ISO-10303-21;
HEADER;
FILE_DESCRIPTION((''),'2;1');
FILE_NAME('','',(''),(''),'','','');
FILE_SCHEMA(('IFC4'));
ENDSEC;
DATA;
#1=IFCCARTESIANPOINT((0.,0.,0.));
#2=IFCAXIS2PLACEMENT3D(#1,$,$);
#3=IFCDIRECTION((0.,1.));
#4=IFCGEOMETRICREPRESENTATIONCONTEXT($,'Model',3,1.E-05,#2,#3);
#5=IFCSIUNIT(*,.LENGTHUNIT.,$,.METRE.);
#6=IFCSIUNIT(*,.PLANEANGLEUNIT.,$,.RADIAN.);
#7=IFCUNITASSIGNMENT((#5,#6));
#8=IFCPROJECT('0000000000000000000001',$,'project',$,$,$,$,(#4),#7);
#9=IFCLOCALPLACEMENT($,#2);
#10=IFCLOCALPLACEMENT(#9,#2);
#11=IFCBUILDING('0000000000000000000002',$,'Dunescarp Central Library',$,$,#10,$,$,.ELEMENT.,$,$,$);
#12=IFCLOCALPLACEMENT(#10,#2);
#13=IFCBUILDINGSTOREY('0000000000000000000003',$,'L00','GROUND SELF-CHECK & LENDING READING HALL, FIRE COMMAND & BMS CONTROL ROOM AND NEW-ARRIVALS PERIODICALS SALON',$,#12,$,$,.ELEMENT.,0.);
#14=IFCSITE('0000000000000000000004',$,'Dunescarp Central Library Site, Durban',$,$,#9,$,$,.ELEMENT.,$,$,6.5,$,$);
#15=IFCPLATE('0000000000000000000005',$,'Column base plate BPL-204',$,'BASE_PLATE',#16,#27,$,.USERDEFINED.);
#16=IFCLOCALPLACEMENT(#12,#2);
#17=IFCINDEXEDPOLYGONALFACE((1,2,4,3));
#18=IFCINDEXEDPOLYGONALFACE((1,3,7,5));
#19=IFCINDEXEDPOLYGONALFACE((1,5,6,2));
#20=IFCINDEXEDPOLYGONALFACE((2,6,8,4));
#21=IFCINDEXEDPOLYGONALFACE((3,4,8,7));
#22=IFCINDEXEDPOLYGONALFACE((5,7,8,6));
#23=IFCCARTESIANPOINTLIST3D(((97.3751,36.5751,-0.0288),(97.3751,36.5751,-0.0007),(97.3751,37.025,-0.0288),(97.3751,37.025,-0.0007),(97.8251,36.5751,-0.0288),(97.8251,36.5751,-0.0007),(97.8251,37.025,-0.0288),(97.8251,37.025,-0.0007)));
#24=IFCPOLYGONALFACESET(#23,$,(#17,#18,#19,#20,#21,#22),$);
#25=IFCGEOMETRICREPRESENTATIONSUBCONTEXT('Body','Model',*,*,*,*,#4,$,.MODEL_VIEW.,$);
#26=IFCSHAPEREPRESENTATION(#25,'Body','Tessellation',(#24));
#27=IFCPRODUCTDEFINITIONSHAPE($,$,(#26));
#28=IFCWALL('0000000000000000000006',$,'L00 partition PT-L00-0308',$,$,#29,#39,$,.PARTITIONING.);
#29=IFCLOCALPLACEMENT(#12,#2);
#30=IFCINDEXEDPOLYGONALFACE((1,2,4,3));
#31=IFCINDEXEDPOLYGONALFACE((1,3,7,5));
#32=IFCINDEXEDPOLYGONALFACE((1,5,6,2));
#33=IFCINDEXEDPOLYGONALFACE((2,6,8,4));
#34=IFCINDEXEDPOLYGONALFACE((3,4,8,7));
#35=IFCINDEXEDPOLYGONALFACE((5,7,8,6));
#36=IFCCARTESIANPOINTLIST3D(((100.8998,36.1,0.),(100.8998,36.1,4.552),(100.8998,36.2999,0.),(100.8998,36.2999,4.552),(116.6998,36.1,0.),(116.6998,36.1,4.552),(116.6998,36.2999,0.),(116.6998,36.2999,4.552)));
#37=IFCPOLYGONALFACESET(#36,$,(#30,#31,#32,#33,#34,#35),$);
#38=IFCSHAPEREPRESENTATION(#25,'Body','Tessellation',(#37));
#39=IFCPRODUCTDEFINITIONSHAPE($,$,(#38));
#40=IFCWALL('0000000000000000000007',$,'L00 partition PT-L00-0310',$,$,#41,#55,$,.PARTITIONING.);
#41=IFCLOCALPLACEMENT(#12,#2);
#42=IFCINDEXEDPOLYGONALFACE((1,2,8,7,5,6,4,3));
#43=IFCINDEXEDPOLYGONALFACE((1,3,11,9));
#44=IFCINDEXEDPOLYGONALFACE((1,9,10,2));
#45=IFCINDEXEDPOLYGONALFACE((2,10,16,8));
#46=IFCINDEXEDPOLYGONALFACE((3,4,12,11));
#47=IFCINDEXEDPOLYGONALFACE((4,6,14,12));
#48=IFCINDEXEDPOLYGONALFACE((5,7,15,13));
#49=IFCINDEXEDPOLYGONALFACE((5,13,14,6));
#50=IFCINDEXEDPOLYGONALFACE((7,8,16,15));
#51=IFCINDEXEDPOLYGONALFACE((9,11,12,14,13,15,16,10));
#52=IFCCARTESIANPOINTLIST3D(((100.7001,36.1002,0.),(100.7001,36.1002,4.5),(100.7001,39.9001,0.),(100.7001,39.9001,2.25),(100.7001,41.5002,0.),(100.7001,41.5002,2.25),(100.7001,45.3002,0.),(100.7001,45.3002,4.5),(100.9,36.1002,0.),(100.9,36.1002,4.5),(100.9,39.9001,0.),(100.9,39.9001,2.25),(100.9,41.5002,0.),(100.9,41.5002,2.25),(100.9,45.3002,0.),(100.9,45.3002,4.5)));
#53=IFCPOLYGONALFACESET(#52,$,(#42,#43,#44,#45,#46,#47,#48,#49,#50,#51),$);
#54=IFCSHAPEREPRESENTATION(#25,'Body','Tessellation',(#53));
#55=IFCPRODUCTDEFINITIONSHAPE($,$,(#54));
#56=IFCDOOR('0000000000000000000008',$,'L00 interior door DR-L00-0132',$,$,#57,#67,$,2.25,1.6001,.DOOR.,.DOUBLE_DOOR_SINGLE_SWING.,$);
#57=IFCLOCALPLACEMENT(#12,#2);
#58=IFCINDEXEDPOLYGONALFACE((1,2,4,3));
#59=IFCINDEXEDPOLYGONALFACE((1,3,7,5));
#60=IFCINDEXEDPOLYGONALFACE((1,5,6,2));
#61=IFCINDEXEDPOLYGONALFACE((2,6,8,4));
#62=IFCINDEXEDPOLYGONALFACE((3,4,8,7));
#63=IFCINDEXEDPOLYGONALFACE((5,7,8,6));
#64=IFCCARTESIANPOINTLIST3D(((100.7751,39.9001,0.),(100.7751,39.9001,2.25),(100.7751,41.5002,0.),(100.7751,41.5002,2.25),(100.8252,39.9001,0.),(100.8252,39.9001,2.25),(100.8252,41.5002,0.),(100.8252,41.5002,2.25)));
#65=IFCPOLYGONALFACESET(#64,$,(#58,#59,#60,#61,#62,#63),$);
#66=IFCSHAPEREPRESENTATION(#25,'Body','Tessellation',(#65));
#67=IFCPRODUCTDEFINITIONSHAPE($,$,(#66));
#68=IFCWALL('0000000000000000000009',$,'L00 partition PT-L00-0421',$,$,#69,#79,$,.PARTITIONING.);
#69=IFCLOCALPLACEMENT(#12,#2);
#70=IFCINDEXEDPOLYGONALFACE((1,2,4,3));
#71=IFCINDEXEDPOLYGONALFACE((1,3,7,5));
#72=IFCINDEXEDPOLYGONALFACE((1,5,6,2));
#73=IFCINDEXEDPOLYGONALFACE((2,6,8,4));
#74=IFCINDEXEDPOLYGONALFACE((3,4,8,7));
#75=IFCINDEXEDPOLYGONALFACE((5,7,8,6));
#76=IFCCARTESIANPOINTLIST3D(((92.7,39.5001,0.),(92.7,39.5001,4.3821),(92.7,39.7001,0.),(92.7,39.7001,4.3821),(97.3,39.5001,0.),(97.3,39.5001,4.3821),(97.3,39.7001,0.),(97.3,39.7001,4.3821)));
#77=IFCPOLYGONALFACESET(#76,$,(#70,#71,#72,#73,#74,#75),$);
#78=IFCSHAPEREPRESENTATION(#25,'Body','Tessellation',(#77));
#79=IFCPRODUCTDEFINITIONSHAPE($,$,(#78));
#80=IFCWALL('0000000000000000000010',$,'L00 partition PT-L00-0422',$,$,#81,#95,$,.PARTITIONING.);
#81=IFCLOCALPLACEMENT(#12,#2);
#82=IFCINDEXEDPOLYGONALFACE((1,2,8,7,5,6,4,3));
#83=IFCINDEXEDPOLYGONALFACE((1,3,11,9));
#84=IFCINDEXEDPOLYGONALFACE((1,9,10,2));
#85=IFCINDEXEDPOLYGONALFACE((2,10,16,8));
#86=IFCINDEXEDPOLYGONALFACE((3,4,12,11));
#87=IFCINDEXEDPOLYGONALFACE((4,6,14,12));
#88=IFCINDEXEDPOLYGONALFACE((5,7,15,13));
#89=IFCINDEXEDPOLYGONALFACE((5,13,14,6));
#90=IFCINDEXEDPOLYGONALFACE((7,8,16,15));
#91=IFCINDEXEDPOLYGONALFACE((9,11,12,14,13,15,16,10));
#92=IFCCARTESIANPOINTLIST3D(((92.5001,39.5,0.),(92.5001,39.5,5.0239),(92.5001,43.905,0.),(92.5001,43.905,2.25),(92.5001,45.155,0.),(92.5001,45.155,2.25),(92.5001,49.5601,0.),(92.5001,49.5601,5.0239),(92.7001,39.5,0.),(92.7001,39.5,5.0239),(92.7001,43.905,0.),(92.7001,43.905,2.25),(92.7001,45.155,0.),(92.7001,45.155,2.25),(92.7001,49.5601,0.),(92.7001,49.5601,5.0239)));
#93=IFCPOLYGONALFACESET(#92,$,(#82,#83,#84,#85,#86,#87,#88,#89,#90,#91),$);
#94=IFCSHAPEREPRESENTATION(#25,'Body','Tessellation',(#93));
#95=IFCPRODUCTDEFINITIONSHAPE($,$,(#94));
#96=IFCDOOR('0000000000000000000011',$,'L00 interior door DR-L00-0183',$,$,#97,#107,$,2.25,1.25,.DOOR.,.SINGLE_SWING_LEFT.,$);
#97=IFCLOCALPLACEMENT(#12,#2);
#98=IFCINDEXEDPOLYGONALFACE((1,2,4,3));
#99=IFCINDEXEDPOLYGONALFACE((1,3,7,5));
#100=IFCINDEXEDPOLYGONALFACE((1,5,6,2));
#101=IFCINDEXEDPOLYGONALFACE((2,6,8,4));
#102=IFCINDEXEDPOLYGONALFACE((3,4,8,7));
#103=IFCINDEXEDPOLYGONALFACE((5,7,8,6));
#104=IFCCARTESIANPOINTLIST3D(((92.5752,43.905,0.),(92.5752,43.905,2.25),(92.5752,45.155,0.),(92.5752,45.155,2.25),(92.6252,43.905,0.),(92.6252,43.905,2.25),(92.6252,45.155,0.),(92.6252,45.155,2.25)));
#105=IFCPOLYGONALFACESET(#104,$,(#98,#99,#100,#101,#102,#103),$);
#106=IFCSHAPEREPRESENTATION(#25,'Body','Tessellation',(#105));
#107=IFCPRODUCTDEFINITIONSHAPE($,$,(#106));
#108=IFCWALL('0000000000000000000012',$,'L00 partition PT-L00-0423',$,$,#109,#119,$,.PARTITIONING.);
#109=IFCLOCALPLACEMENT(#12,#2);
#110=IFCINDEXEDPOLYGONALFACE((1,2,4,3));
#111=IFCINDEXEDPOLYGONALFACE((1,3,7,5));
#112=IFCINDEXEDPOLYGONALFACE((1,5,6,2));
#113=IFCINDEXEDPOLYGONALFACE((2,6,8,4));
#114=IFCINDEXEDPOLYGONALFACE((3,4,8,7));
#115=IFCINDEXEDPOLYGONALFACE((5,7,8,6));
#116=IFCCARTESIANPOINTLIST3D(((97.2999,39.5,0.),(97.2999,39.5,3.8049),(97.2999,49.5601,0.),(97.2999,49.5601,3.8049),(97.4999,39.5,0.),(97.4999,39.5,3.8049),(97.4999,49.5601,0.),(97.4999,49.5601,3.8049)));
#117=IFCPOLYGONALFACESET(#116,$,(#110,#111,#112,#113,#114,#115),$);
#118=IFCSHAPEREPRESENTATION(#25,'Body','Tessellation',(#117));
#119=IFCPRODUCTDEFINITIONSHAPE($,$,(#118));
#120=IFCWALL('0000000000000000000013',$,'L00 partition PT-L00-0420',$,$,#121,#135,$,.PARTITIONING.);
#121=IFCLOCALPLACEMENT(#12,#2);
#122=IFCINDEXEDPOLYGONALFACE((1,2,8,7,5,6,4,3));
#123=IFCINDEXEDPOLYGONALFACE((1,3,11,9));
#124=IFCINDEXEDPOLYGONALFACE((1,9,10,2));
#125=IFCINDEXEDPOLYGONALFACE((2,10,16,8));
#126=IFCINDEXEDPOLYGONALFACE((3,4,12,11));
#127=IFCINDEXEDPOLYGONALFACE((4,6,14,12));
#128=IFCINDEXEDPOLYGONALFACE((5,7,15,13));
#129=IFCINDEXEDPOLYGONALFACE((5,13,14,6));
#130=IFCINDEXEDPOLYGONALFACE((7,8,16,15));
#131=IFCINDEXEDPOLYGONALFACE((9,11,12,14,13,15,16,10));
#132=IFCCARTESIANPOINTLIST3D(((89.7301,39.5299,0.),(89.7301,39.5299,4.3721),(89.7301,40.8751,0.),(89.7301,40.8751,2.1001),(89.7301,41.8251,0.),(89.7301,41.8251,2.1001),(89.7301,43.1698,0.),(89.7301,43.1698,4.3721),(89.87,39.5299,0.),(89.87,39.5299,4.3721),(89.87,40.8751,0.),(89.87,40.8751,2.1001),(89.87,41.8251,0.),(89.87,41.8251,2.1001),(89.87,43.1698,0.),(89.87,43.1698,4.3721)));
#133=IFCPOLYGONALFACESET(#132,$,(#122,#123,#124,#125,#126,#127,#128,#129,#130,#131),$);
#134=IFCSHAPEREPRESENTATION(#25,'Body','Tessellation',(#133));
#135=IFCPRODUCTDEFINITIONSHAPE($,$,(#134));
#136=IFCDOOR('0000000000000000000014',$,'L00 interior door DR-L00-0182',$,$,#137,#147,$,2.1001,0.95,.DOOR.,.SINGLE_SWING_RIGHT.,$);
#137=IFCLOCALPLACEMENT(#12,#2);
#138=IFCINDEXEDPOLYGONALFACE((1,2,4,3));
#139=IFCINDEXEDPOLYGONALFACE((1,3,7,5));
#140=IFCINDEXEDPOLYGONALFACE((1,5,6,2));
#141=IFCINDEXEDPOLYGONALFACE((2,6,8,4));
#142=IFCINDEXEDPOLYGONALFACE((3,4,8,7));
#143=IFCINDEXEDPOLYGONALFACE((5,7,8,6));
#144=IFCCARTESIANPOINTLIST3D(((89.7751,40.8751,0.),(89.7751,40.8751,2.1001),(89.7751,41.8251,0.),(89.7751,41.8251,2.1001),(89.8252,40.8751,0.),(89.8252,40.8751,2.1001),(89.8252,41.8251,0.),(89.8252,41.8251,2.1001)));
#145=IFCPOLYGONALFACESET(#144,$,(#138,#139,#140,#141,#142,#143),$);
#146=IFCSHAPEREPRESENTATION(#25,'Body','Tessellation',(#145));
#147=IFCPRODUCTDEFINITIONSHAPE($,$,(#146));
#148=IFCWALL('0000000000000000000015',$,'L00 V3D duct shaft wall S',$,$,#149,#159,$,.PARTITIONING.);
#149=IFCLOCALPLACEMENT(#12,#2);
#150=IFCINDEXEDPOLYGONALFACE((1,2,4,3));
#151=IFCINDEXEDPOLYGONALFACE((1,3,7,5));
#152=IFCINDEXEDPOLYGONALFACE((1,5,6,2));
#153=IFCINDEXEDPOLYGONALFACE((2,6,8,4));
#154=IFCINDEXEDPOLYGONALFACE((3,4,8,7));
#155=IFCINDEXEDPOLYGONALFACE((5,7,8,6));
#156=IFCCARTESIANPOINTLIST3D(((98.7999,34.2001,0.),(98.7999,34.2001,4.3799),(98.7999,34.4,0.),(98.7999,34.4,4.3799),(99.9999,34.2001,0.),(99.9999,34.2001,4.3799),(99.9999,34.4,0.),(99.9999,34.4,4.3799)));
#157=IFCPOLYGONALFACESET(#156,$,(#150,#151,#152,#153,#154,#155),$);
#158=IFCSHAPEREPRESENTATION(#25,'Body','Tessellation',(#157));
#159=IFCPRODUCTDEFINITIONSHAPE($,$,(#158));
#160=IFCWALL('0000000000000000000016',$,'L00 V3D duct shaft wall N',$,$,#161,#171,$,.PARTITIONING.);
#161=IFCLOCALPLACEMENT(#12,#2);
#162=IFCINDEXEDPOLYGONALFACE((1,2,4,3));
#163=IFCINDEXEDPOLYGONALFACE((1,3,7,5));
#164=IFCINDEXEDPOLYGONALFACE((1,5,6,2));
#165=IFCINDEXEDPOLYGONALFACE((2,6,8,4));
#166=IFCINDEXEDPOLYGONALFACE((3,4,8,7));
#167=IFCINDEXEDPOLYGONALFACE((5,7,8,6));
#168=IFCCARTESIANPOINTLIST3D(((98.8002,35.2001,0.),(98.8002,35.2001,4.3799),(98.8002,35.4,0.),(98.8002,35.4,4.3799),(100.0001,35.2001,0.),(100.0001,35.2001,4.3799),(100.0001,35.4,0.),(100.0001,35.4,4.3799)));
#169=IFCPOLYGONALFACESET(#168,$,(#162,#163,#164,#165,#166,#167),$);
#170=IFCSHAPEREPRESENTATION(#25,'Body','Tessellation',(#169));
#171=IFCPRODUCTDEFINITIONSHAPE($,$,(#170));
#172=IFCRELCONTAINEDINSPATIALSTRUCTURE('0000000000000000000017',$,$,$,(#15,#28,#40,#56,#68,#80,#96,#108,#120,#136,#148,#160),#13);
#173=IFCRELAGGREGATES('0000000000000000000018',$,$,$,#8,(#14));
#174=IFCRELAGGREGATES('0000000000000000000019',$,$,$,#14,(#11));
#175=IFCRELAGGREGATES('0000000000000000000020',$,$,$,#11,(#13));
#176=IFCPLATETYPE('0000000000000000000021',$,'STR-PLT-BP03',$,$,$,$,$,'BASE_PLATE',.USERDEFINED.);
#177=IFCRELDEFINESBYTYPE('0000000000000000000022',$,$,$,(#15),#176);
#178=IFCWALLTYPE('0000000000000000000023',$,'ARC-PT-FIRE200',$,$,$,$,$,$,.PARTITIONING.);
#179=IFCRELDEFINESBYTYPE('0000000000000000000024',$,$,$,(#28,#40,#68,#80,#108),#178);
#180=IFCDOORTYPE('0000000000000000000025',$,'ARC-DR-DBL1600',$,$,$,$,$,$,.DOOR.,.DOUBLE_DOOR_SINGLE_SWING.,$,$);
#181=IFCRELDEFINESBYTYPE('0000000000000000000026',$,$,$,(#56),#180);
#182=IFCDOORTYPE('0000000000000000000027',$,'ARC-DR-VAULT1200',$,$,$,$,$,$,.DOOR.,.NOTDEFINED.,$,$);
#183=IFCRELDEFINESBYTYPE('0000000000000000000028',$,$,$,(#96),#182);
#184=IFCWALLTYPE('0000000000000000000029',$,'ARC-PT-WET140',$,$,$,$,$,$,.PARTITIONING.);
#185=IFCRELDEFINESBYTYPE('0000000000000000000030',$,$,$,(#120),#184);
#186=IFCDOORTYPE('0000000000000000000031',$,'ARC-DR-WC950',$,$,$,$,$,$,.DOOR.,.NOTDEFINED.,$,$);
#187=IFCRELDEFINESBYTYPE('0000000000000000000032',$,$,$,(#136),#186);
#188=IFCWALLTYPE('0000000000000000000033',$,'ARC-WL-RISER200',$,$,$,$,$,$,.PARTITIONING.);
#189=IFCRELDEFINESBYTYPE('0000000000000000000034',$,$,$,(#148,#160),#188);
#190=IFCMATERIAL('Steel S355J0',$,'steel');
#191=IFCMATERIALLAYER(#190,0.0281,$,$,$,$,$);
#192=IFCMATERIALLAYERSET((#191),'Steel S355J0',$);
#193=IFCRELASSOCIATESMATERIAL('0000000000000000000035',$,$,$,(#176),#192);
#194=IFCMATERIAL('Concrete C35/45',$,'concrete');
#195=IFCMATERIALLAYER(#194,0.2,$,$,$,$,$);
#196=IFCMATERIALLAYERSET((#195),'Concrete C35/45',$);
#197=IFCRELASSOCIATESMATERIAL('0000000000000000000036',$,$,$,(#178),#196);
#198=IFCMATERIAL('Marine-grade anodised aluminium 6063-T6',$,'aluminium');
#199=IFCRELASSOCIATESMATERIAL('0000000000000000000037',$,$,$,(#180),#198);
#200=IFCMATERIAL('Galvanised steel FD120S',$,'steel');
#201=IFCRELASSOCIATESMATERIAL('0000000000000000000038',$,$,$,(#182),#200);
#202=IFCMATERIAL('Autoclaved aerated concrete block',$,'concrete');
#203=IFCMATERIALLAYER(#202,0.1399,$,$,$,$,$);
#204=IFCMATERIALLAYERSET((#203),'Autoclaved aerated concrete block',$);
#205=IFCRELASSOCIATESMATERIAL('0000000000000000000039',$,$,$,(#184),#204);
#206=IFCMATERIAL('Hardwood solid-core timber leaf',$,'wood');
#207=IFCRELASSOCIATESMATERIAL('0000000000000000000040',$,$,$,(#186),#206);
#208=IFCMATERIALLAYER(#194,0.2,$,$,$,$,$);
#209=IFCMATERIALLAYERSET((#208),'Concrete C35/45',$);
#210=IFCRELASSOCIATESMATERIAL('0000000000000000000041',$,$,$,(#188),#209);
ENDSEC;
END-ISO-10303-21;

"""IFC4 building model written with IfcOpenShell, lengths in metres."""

from ifc_helpers import new_model, si_unit, direction, frame, frame_2d, origin, origin_2d, place, context, subcontext, project, spatial, rectangle, extrude, material, layer, layer_set, type_object, element, fill, save


model = new_model("IFC4")

# Units and contexts
model_context = context("Model", 3, precision=1e-05, world=origin(), true_north=direction((0.0, 1.0)))
body_context = subcontext(model_context, "Body", "Model", "MODEL_VIEW")
ifc_project = project(units=[si_unit("LENGTHUNIT", "METRE"), si_unit("PLANEANGLEUNIT", "RADIAN")], contexts=[model_context])

# Site, building, storey
site_placement = place(None, origin())
site = spatial("IfcSite", under=ifc_project, at=site_placement, Name="Dunescarp Central Library Site, Durban", CompositionType="ELEMENT", RefElevation=6.5)
building_placement = place(site_placement, origin())
building = spatial("IfcBuilding", under=site, at=building_placement, Name="Dunescarp Central Library", CompositionType="ELEMENT")
storey_placement = place(building_placement, origin())
storey = spatial("IfcBuildingStorey", under=building, at=storey_placement, Name="L00", Description="GROUND SELF-CHECK & LENDING READING HALL, FIRE COMMAND & BMS CONTROL ROOM AND NEW-ARRIVALS PERIODICALS SALON", CompositionType="ELEMENT", Elevation=0.0)

# Shared definitions
ifc_material_1 = material(Name="Concrete C35/45", Category="concrete")

# Shared definitions
ifc_material_2 = material(Name="Steel S355J0", Category="steel")

# Plate
ifc_layer_1 = layer(ifc_material_2, 0.0281)
ifc_layer_set_1 = layer_set([ifc_layer_1], Name="Steel S355J0")
plate_type_1 = type_object("IfcPlateType", Name="STR-PLT-BP03", ElementType="BASE_PLATE", PredefinedType="USERDEFINED", material=ifc_layer_set_1)
for number, where, z_axis, x_axis, name in (
    (1, (97.6001, 36.8, -0.0288), (0.0, 0.0, 1.0), (1.0, 0.0, 0.0), "Column base plate BPL-204"),
):
    element("IfcPlate", number, at=place(storey_placement, frame(where, z_axis=z_axis, x_axis=x_axis)), inside=storey, type_object=plate_type_1, Name=name, ObjectType="BASE_PLATE", PredefinedType="USERDEFINED", context=body_context, shape_type="SweptSolid", body=[
        extrude(rectangle(XDim=0.45, YDim=0.45, at=origin_2d()), origin(), (0.0, 0.0, 1.0), 0.0281),
    ])

# Wall
ifc_layer_2 = layer(ifc_material_1, 0.2)
ifc_layer_set_2 = layer_set([ifc_layer_2], Name="Concrete C35/45")
wall_type_1 = type_object("IfcWallType", Name="ARC-PT-FIRE200", PredefinedType="PARTITIONING", material=ifc_layer_set_2)
wall_1_placement = place(storey_placement, frame((100.8999, 36.2, 0.0), z_axis=(0.0, 0.0, 1.0), x_axis=(1.0, 0.0, 0.0)))
element("IfcWall", 2, at=wall_1_placement, inside=storey, type_object=wall_type_1, Name="L00 partition PT-L00-0308", PredefinedType="PARTITIONING", context=body_context, shape_type="SweptSolid", body=[
    extrude(rectangle(XDim=15.8, YDim=0.2, at=frame_2d((7.8999, 0.0))), origin(), (0.0, 0.0, 1.0), 4.552),
])

# Wall, opening, door
wall_2_placement = place(storey_placement, frame((100.8, 36.1001, 0.0), z_axis=(0.0, 0.0, 1.0), x_axis=(0.0, 1.0, 0.0)))
wall_2 = element("IfcWall", 3, at=wall_2_placement, inside=storey, type_object=wall_type_1, Name="L00 partition PT-L00-0310", PredefinedType="PARTITIONING", context=body_context, shape_type="SweptSolid", body=[
    extrude(rectangle(XDim=9.2, YDim=0.2, at=frame_2d((4.6001, 0.0))), origin(), (0.0, 0.0, 1.0), 4.5),
])
opening_1_placement = place(wall_2_placement, frame((3.8, 0.0, 0.0)))
opening_1 = element("IfcOpeningElement", 4, at=opening_1_placement, cuts=wall_2, PredefinedType="OPENING", context=body_context, shape_type="SweptSolid", body=[
    extrude(rectangle(XDim=1.6001, YDim=2.25, at=frame_2d((0.8, 1.125))), frame((0.0, 0.1099, 0.0), z_axis=(0.0, -1.0, 0.0), x_axis=(1.0, 0.0, 0.0)), (0.0, 0.0, 1.0), 0.22),
])
ifc_material_3 = material(Name="Marine-grade anodised aluminium 6063-T6", Category="aluminium")
door_type_1 = type_object("IfcDoorType", Name="ARC-DR-DBL1600", OperationType="DOUBLE_DOOR_SINGLE_SWING", PredefinedType="DOOR", material=ifc_material_3)
door_1_placement = place(opening_1_placement, origin())
door_1 = element("IfcDoor", 5, at=door_1_placement, inside=storey, type_object=door_type_1, Name="L00 interior door DR-L00-0132", OperationType="DOUBLE_DOOR_SINGLE_SWING", OverallHeight=2.25, OverallWidth=1.6001, PredefinedType="DOOR", context=body_context, shape_type="SweptSolid", body=[
    extrude(rectangle(XDim=1.6001, YDim=2.25, at=frame_2d((0.8, 1.125))), frame((0.0, 0.0249, 0.0), z_axis=(0.0, -1.0, 0.0), x_axis=(1.0, 0.0, 0.0)), (0.0, 0.0, 1.0), 0.05),
])
fill(opening_1, door_1)

# Wall
wall_3_placement = place(storey_placement, frame((92.7, 39.6001, 0.0), z_axis=(0.0, 0.0, 1.0), x_axis=(1.0, 0.0, 0.0)))
element("IfcWall", 6, at=wall_3_placement, inside=storey, type_object=wall_type_1, Name="L00 partition PT-L00-0421", PredefinedType="PARTITIONING", context=body_context, shape_type="SweptSolid", body=[
    extrude(rectangle(XDim=4.6001, YDim=0.2, at=frame_2d((2.3, 0.0))), origin(), (0.0, 0.0, 1.0), 4.3821),
])

# Wall, opening, door
wall_4_placement = place(storey_placement, frame((92.6001, 39.5, 0.0), z_axis=(0.0, 0.0, 1.0), x_axis=(0.0, 1.0, 0.0)))
wall_4 = element("IfcWall", 7, at=wall_4_placement, inside=storey, type_object=wall_type_1, Name="L00 partition PT-L00-0422", PredefinedType="PARTITIONING", context=body_context, shape_type="SweptSolid", body=[
    extrude(rectangle(XDim=10.0601, YDim=0.2, at=frame_2d((5.03, 0.0))), origin(), (0.0, 0.0, 1.0), 5.0239),
])
opening_2_placement = place(wall_4_placement, frame((4.405, 0.0, 0.0)))
opening_2 = element("IfcOpeningElement", 8, at=opening_2_placement, cuts=wall_4, PredefinedType="OPENING", context=body_context, shape_type="SweptSolid", body=[
    extrude(rectangle(XDim=1.25, YDim=2.25, at=frame_2d((0.625, 1.125))), frame((0.0, 0.1099, 0.0), z_axis=(0.0, -1.0, 0.0), x_axis=(1.0, 0.0, 0.0)), (0.0, 0.0, 1.0), 0.22),
])
ifc_material_4 = material(Name="Galvanised steel FD120S", Category="steel")
door_type_2 = type_object("IfcDoorType", Name="ARC-DR-VAULT1200", OperationType="NOTDEFINED", PredefinedType="DOOR", material=ifc_material_4)
door_2_placement = place(opening_2_placement, origin())
door_2 = element("IfcDoor", 9, at=door_2_placement, inside=storey, type_object=door_type_2, Name="L00 interior door DR-L00-0183", OperationType="SINGLE_SWING_LEFT", OverallHeight=2.25, OverallWidth=1.25, PredefinedType="DOOR", context=body_context, shape_type="SweptSolid", body=[
    extrude(rectangle(XDim=1.25, YDim=2.25, at=frame_2d((0.625, 1.125))), frame((0.0, 0.0249, 0.0), z_axis=(0.0, -1.0, 0.0), x_axis=(1.0, 0.0, 0.0)), (0.0, 0.0, 1.0), 0.05),
])
fill(opening_2, door_2)

# Wall
wall_5_placement = place(storey_placement, frame((97.3999, 39.5, 0.0), z_axis=(0.0, 0.0, 1.0), x_axis=(0.0, 1.0, 0.0)))
element("IfcWall", 10, at=wall_5_placement, inside=storey, type_object=wall_type_1, Name="L00 partition PT-L00-0423", PredefinedType="PARTITIONING", context=body_context, shape_type="SweptSolid", body=[
    extrude(rectangle(XDim=10.0601, YDim=0.2, at=frame_2d((5.03, 0.0))), origin(), (0.0, 0.0, 1.0), 3.8049),
])

# Wall, opening, door
ifc_material_5 = material(Name="Autoclaved aerated concrete block", Category="concrete")
ifc_layer_3 = layer(ifc_material_5, 0.1399)
ifc_layer_set_3 = layer_set([ifc_layer_3], Name="Autoclaved aerated concrete block")
wall_type_2 = type_object("IfcWallType", Name="ARC-PT-WET140", PredefinedType="PARTITIONING", material=ifc_layer_set_3)
wall_6_placement = place(storey_placement, frame((89.8, 39.53, 0.0), z_axis=(0.0, 0.0, 1.0), x_axis=(0.0, 1.0, 0.0)))
wall_6 = element("IfcWall", 11, at=wall_6_placement, inside=storey, type_object=wall_type_2, Name="L00 partition PT-L00-0420", PredefinedType="PARTITIONING", context=body_context, shape_type="SweptSolid", body=[
    extrude(rectangle(XDim=3.6399, YDim=0.1399, at=frame_2d((1.8198, 0.0))), origin(), (0.0, 0.0, 1.0), 4.3721),
])
opening_3_placement = place(wall_6_placement, frame((1.345, 0.0, 0.0)))
opening_3 = element("IfcOpeningElement", 12, at=opening_3_placement, cuts=wall_6, PredefinedType="OPENING", context=body_context, shape_type="SweptSolid", body=[
    extrude(rectangle(XDim=0.95, YDim=2.1001, at=frame_2d((0.4751, 1.05))), frame((0.0, 0.0801, 0.0), z_axis=(0.0, -1.0, 0.0), x_axis=(1.0, 0.0, 0.0)), (0.0, 0.0, 1.0), 0.1599),
])
ifc_material_6 = material(Name="Hardwood solid-core timber leaf", Category="wood")
door_type_3 = type_object("IfcDoorType", Name="ARC-DR-WC950", OperationType="NOTDEFINED", PredefinedType="DOOR", material=ifc_material_6)
door_3_placement = place(opening_3_placement, origin())
door_3 = element("IfcDoor", 13, at=door_3_placement, inside=storey, type_object=door_type_3, Name="L00 interior door DR-L00-0182", OperationType="SINGLE_SWING_RIGHT", OverallHeight=2.1001, OverallWidth=0.95, PredefinedType="DOOR", context=body_context, shape_type="SweptSolid", body=[
    extrude(rectangle(XDim=0.95, YDim=2.1001, at=frame_2d((0.4751, 1.05))), frame((0.0, 0.0249, 0.0), z_axis=(0.0, -1.0, 0.0), x_axis=(1.0, 0.0, 0.0)), (0.0, 0.0, 1.0), 0.05),
])
fill(opening_3, door_3)

# Walls
ifc_layer_4 = layer(ifc_material_1, 0.2)
ifc_layer_set_4 = layer_set([ifc_layer_4], Name="Concrete C35/45")
wall_type_3 = type_object("IfcWallType", Name="ARC-WL-RISER200", PredefinedType="PARTITIONING", material=ifc_layer_set_4)
for number, where, z_axis, x_axis, name in (
    (14, (100.0, 34.3, 0.0), (0.0, 0.0, 1.0), (-1.0, 0.0, 0.0), "L00 V3D duct shaft wall S"),
    (15, (98.8, 35.3, 0.0), (0.0, 0.0, 1.0), (1.0, 0.0, 0.0), "L00 V3D duct shaft wall N"),
):
    element("IfcWall", number, at=place(storey_placement, frame(where, z_axis=z_axis, x_axis=x_axis)), inside=storey, type_object=wall_type_3, Name=name, PredefinedType="PARTITIONING", context=body_context, shape_type="SweptSolid", body=[
        extrude(rectangle(XDim=1.2, YDim=0.2, at=frame_2d((0.6001, 0.0))), origin(), (0.0, 0.0, 1.0), 4.3799),
    ])

save(model, "model.ifc")
